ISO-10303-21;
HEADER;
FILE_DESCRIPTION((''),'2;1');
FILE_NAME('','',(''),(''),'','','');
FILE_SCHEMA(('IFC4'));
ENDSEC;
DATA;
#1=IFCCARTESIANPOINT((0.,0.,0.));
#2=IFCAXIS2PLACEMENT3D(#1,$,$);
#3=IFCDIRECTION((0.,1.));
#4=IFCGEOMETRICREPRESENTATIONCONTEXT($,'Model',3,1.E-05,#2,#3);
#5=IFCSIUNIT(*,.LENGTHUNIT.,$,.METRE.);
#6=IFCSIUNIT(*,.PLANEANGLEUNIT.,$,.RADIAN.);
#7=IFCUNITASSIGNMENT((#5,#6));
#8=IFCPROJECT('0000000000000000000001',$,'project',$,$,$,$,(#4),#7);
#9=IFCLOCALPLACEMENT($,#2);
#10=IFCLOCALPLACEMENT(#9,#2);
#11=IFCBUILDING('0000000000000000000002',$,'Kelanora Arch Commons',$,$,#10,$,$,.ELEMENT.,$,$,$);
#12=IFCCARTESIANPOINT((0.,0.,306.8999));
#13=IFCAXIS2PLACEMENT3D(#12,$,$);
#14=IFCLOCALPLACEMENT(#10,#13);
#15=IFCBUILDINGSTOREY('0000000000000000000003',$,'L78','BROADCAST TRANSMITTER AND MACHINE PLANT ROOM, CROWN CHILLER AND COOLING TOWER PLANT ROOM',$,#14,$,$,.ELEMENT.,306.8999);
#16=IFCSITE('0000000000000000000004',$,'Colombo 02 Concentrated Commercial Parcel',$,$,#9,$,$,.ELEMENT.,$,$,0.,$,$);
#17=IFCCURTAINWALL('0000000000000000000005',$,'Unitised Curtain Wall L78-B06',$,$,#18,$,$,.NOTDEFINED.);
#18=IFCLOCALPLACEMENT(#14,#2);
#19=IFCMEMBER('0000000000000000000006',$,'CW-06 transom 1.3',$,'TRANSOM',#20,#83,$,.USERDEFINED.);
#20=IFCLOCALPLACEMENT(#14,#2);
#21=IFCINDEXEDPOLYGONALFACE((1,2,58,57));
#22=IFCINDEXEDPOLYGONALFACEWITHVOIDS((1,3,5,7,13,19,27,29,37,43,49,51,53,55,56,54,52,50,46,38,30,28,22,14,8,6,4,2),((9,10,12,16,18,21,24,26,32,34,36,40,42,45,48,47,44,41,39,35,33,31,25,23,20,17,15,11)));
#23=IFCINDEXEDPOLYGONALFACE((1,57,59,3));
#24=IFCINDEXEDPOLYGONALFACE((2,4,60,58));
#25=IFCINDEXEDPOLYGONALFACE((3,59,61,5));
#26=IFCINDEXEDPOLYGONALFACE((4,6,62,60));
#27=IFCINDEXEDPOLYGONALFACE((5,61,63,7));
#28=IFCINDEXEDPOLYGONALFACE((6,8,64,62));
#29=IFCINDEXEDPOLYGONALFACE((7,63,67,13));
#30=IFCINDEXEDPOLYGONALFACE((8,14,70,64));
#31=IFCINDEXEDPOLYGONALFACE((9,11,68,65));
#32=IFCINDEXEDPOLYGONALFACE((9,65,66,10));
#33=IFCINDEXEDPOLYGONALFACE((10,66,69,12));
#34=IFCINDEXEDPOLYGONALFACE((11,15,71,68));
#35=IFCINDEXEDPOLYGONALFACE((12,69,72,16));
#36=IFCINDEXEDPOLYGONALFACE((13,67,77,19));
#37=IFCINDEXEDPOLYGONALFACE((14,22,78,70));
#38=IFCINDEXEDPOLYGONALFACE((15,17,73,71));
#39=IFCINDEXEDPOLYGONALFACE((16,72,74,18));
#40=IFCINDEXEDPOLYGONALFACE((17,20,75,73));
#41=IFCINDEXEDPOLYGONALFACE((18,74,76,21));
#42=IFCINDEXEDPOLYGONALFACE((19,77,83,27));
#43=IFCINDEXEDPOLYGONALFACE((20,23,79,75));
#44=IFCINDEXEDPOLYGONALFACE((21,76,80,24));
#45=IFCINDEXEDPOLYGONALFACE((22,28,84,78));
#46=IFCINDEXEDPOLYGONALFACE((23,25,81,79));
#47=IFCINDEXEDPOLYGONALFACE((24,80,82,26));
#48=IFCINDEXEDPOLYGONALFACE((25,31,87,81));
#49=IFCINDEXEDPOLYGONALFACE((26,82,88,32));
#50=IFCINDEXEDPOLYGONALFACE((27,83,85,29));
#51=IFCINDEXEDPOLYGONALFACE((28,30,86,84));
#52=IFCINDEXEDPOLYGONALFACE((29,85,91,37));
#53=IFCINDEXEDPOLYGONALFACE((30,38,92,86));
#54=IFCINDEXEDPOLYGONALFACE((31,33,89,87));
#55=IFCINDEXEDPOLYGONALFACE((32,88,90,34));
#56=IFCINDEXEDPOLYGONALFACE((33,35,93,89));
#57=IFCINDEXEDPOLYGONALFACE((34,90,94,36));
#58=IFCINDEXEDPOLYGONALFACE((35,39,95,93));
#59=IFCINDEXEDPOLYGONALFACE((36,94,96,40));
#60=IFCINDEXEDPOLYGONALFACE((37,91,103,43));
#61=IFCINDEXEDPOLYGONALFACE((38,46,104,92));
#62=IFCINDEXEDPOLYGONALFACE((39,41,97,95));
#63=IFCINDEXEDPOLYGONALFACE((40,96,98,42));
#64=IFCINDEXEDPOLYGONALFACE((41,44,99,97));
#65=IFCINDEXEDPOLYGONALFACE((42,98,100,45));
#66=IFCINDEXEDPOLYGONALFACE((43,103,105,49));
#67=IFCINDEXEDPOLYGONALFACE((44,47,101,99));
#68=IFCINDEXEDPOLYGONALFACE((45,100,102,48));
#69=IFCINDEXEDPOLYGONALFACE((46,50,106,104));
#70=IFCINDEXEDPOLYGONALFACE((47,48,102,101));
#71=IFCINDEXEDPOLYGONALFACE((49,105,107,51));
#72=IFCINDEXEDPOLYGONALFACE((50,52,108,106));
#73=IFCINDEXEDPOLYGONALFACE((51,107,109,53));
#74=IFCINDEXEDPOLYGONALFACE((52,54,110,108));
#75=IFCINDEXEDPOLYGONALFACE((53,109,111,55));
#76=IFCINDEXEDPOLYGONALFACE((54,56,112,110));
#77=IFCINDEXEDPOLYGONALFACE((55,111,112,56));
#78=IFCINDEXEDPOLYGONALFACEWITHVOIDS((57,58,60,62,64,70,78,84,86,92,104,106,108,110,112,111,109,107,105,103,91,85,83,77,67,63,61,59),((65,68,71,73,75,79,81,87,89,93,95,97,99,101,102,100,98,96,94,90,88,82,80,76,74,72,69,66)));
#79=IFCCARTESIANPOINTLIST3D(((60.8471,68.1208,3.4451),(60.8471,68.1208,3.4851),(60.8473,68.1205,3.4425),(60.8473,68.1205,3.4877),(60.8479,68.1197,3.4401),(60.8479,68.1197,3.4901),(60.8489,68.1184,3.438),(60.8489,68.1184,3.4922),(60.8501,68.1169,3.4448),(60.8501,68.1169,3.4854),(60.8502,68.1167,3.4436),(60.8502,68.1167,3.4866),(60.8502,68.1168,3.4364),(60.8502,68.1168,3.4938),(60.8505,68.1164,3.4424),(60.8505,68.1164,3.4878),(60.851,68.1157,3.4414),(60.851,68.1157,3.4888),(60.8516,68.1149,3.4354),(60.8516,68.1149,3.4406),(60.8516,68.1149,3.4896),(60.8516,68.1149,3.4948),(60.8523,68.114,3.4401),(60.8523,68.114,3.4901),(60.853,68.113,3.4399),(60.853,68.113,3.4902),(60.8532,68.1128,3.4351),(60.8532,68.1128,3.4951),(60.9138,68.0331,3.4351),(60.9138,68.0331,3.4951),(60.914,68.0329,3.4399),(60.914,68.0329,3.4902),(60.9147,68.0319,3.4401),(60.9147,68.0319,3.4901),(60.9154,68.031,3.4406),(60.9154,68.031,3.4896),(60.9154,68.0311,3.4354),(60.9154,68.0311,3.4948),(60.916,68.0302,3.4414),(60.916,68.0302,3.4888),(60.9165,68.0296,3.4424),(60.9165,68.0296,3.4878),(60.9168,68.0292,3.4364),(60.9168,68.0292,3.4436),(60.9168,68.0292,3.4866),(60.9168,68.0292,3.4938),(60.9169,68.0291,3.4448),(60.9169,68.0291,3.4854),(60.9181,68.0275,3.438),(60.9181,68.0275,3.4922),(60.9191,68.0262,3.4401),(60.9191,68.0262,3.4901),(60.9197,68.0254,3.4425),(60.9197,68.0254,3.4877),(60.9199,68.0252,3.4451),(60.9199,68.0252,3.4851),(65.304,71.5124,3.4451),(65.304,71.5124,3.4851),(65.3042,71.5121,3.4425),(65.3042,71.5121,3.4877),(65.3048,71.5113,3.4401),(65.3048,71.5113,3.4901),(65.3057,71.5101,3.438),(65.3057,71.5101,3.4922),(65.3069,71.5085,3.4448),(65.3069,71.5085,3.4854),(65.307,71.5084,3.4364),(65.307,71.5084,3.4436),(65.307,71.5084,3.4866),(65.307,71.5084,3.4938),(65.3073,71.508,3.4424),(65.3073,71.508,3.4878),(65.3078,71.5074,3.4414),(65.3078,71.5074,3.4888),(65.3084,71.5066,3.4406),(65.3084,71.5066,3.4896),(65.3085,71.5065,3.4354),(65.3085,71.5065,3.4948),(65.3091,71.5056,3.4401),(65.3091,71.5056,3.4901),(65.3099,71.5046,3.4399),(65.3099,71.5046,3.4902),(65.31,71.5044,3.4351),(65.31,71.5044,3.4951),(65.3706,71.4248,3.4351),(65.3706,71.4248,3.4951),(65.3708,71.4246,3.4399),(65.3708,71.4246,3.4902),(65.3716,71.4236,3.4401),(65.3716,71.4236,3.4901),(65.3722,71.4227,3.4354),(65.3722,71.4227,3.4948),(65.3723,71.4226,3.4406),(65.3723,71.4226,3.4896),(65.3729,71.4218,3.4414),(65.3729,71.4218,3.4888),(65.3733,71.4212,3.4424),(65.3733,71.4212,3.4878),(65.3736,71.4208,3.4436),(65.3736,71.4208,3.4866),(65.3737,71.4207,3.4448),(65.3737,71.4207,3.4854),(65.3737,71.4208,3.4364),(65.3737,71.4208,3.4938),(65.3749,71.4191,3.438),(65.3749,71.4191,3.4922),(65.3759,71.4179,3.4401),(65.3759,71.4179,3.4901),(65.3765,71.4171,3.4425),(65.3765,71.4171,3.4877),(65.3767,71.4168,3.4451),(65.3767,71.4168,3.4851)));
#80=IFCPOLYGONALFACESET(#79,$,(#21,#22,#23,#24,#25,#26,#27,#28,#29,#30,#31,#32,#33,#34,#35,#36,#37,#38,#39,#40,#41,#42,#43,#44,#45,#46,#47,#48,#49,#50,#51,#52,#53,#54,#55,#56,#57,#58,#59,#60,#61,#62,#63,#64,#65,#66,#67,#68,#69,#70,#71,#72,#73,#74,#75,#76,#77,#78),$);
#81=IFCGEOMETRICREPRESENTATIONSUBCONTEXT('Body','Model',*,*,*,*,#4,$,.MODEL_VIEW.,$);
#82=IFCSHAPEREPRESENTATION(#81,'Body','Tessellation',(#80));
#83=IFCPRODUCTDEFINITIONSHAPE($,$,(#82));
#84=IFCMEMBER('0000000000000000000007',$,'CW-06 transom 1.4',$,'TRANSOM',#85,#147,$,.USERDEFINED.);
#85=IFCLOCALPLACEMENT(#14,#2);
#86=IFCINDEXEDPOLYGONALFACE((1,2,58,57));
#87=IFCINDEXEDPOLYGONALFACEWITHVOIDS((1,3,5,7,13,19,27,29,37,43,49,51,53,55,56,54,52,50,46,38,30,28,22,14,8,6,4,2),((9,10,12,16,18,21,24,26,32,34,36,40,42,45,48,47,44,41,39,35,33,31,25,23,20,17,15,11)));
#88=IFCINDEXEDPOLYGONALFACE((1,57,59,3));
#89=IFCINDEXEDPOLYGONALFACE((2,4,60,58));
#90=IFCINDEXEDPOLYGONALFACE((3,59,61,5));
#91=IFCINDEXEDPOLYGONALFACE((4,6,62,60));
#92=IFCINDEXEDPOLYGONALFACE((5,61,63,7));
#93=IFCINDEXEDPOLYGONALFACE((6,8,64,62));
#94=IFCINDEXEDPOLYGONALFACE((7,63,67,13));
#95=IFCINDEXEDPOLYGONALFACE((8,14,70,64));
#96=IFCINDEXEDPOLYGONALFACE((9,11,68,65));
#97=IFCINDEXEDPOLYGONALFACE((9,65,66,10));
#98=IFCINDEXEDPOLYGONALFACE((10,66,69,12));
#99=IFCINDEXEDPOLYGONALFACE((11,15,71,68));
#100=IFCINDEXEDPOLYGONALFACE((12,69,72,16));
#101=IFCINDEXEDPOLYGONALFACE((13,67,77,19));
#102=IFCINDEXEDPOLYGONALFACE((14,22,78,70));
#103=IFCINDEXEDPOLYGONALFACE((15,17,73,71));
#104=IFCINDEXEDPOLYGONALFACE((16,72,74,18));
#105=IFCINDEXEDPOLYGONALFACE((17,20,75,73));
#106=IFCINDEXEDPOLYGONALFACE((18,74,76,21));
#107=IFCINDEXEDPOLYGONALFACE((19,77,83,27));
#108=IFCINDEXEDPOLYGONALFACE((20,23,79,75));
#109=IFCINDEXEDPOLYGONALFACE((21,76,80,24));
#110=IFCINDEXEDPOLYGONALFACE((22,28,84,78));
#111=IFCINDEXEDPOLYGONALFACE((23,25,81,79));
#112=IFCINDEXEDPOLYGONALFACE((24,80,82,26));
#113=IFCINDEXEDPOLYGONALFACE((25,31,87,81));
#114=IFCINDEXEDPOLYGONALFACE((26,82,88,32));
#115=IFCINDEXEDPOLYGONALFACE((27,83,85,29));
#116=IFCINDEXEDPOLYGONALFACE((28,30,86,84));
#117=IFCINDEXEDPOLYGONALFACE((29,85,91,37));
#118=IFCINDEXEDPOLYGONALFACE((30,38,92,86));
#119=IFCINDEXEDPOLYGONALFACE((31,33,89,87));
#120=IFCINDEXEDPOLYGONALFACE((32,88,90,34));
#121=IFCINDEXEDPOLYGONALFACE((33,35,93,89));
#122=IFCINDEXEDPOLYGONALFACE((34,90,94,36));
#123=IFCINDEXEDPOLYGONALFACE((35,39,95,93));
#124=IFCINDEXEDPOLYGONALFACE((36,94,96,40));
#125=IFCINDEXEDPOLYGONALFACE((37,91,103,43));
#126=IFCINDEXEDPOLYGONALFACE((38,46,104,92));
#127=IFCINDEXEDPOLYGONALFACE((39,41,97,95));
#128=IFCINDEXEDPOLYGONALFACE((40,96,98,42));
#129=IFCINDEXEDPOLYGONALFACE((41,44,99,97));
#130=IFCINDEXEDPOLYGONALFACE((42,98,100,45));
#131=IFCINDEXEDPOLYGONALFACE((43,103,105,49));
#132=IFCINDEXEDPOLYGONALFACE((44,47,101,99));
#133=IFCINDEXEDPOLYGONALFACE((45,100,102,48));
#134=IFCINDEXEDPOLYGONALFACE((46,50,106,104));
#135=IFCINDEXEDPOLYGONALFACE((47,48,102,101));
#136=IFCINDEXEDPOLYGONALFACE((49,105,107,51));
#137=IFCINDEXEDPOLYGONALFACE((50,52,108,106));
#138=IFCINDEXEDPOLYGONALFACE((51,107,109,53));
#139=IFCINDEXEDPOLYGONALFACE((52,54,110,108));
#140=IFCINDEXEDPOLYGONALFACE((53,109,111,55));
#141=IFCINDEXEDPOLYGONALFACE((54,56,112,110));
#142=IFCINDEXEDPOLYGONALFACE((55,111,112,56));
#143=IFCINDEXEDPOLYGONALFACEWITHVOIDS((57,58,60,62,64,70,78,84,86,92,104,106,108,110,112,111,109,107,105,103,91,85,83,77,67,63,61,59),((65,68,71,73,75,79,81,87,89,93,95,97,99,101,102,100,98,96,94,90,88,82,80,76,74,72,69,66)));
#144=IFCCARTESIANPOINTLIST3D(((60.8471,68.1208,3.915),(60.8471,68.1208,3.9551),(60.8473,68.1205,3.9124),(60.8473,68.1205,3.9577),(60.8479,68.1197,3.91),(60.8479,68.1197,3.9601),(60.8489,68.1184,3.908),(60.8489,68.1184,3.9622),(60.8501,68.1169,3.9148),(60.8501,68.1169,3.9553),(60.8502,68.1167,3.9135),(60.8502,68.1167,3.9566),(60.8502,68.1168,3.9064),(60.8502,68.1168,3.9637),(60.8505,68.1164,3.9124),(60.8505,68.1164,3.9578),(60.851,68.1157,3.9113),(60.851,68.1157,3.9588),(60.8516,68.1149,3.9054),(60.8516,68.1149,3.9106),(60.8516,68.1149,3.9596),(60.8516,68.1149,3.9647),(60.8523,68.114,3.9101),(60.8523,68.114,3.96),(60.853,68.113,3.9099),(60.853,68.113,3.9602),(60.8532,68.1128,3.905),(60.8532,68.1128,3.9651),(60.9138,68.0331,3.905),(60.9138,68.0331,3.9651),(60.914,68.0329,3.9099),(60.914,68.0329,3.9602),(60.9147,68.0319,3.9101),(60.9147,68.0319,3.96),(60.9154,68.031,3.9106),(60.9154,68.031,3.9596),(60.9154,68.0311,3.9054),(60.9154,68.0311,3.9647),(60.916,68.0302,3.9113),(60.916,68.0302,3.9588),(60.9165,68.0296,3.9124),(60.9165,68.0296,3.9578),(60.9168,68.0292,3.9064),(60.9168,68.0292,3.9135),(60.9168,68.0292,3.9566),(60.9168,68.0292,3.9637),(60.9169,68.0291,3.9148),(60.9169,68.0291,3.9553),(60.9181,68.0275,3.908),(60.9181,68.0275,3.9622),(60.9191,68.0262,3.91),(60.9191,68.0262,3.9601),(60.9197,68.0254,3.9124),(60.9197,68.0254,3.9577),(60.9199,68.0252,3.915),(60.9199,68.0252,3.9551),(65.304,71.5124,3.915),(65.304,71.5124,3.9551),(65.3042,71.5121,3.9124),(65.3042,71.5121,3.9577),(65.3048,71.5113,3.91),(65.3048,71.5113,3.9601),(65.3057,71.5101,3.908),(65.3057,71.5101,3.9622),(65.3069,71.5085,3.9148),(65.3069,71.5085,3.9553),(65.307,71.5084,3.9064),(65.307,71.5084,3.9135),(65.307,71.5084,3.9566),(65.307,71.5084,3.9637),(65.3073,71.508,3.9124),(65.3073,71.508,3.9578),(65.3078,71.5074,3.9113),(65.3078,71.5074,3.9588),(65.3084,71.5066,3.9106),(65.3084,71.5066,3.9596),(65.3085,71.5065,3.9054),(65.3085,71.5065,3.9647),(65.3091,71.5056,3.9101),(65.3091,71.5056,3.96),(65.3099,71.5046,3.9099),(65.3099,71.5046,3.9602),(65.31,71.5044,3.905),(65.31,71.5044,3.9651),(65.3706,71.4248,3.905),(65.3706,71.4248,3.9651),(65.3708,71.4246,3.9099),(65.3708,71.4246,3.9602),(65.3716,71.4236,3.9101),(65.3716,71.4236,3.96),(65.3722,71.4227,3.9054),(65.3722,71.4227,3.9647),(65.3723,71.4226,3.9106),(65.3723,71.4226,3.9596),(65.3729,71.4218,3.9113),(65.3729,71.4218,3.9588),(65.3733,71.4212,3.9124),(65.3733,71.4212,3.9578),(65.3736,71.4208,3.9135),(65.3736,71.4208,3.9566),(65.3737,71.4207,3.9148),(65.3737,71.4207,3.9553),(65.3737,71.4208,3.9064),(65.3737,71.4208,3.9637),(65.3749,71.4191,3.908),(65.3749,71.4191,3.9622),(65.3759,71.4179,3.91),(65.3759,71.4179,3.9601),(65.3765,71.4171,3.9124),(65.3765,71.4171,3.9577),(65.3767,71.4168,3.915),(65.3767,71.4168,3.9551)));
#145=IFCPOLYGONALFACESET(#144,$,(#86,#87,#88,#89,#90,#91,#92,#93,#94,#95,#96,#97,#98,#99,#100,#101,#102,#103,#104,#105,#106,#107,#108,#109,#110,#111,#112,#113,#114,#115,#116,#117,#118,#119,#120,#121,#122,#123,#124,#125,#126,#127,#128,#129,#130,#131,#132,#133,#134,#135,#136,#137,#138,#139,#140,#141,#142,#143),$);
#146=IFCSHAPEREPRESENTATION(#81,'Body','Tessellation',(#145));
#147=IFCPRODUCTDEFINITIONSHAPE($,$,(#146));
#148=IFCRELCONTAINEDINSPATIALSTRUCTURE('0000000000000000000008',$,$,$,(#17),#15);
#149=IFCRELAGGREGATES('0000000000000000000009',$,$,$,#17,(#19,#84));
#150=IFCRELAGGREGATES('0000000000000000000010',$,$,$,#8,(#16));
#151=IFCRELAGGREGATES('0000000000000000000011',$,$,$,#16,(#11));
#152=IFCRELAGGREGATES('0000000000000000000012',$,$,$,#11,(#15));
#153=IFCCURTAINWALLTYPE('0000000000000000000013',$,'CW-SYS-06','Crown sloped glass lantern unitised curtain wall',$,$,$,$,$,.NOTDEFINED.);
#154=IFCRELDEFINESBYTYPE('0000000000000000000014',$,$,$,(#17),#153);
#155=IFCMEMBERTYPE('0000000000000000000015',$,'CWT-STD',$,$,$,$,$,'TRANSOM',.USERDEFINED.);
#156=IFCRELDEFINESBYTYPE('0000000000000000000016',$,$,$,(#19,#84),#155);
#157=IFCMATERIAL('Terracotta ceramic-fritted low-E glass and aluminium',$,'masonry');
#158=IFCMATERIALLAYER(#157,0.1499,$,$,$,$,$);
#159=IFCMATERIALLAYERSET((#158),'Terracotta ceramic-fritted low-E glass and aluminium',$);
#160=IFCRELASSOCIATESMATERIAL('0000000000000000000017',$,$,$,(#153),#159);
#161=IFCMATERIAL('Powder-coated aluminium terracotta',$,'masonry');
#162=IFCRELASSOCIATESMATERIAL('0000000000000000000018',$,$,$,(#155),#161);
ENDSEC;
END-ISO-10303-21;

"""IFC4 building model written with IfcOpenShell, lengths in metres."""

from ifc_helpers import new_model, si_unit, direction, frame, origin, origin_2d, place, context, subcontext, project, spatial, hollow_rectangle, extrude, material, layer, layer_set, material_profile, profile_set, type_object, element, aggregate, save


model = new_model("IFC4")

# Units and contexts
model_context = context("Model", 3, precision=1e-05, world=origin(), true_north=direction((0.0, 1.0)))
body_context = subcontext(model_context, "Body", "Model", "MODEL_VIEW")
ifc_project = project(units=[si_unit("LENGTHUNIT", "METRE"), si_unit("PLANEANGLEUNIT", "RADIAN")], contexts=[model_context])

# Site, building, storey
site_placement = place(None, origin())
site = spatial("IfcSite", under=ifc_project, at=site_placement, Name="Colombo 02 Concentrated Commercial Parcel", CompositionType="ELEMENT", RefElevation=0.0)
building_placement = place(site_placement, origin())
building = spatial("IfcBuilding", under=site, at=building_placement, Name="Kelanora Arch Commons", CompositionType="ELEMENT")
storey_placement = place(building_placement, frame((0.0, 0.0, 306.8999)))
storey = spatial("IfcBuildingStorey", under=building, at=storey_placement, Name="L78", Description="BROADCAST TRANSMITTER AND MACHINE PLANT ROOM, CROWN CHILLER AND COOLING TOWER PLANT ROOM", CompositionType="ELEMENT", Elevation=306.8999)

# Curtain wall
ifc_material_1 = material(Name="Terracotta ceramic-fritted low-E glass and aluminium", Category="masonry")
ifc_layer_1 = layer(ifc_material_1, 0.1499)
ifc_layer_set_1 = layer_set([ifc_layer_1], Name="Terracotta ceramic-fritted low-E glass and aluminium")
curtain_wall_type = type_object("IfcCurtainWallType", Name="CW-SYS-06", Description="Crown sloped glass lantern unitised curtain wall", PredefinedType="NOTDEFINED", material=ifc_layer_set_1)
curtain_wall_1_placement = place(storey_placement, origin())
curtain_wall_1 = element("IfcCurtainWall", 1, at=curtain_wall_1_placement, inside=storey, type_object=curtain_wall_type, Name="Unitised Curtain Wall L78-B06", PredefinedType="NOTDEFINED")
ifc_material_2 = material(Name="Powder-coated aluminium terracotta", Category="masonry")

# Members
ifc_material_profile_1 = material_profile(ifc_material_2, hollow_rectangle(XDim=0.1201, YDim=0.0601, WallThickness=0.0049, InnerFilletRadius=0.0049, OuterFilletRadius=0.01, at=origin_2d()), Name="CWT120x60")
ifc_profile_set_1 = profile_set([ifc_material_profile_1], Name="Powder-coated aluminium terracotta")
member_type_1 = type_object("IfcMemberType", Name="CWT-STD", ElementType="TRANSOM", PredefinedType="USERDEFINED", material=ifc_profile_set_1)
member_1_placement = place(storey_placement, frame((65.3403, 71.4646, 3.4651), z_axis=(-0.79578, -0.605586, 0.0), x_axis=(0.605586, -0.79578, 0.0)))
member_1 = element("IfcMember", 2, at=member_1_placement, type_object=member_type_1, Name="CW-06 transom 1.3", ObjectType="TRANSOM", PredefinedType="USERDEFINED", context=body_context, shape_type="SweptSolid", body=[
    extrude(hollow_rectangle(XDim=0.1201, YDim=0.0601, WallThickness=0.0049, InnerFilletRadius=0.0049, OuterFilletRadius=0.01, at=origin_2d()), origin(), (0.0, 0.0, 1.0), 5.6006),
])
member_2_placement = place(storey_placement, frame((65.3403, 71.4646, 3.9351), z_axis=(-0.79578, -0.605586, 0.0), x_axis=(0.605586, -0.79578, 0.0)))
member_2 = element("IfcMember", 3, at=member_2_placement, type_object=member_type_1, Name="CW-06 transom 1.4", ObjectType="TRANSOM", PredefinedType="USERDEFINED", context=body_context, shape_type="SweptSolid", body=[
    extrude(hollow_rectangle(XDim=0.1201, YDim=0.0601, WallThickness=0.0049, InnerFilletRadius=0.0049, OuterFilletRadius=0.01, at=origin_2d()), origin(), (0.0, 0.0, 1.0), 5.6006),
])

aggregate(curtain_wall_1, [member_1, member_2])

save(model, "model.ifc")
